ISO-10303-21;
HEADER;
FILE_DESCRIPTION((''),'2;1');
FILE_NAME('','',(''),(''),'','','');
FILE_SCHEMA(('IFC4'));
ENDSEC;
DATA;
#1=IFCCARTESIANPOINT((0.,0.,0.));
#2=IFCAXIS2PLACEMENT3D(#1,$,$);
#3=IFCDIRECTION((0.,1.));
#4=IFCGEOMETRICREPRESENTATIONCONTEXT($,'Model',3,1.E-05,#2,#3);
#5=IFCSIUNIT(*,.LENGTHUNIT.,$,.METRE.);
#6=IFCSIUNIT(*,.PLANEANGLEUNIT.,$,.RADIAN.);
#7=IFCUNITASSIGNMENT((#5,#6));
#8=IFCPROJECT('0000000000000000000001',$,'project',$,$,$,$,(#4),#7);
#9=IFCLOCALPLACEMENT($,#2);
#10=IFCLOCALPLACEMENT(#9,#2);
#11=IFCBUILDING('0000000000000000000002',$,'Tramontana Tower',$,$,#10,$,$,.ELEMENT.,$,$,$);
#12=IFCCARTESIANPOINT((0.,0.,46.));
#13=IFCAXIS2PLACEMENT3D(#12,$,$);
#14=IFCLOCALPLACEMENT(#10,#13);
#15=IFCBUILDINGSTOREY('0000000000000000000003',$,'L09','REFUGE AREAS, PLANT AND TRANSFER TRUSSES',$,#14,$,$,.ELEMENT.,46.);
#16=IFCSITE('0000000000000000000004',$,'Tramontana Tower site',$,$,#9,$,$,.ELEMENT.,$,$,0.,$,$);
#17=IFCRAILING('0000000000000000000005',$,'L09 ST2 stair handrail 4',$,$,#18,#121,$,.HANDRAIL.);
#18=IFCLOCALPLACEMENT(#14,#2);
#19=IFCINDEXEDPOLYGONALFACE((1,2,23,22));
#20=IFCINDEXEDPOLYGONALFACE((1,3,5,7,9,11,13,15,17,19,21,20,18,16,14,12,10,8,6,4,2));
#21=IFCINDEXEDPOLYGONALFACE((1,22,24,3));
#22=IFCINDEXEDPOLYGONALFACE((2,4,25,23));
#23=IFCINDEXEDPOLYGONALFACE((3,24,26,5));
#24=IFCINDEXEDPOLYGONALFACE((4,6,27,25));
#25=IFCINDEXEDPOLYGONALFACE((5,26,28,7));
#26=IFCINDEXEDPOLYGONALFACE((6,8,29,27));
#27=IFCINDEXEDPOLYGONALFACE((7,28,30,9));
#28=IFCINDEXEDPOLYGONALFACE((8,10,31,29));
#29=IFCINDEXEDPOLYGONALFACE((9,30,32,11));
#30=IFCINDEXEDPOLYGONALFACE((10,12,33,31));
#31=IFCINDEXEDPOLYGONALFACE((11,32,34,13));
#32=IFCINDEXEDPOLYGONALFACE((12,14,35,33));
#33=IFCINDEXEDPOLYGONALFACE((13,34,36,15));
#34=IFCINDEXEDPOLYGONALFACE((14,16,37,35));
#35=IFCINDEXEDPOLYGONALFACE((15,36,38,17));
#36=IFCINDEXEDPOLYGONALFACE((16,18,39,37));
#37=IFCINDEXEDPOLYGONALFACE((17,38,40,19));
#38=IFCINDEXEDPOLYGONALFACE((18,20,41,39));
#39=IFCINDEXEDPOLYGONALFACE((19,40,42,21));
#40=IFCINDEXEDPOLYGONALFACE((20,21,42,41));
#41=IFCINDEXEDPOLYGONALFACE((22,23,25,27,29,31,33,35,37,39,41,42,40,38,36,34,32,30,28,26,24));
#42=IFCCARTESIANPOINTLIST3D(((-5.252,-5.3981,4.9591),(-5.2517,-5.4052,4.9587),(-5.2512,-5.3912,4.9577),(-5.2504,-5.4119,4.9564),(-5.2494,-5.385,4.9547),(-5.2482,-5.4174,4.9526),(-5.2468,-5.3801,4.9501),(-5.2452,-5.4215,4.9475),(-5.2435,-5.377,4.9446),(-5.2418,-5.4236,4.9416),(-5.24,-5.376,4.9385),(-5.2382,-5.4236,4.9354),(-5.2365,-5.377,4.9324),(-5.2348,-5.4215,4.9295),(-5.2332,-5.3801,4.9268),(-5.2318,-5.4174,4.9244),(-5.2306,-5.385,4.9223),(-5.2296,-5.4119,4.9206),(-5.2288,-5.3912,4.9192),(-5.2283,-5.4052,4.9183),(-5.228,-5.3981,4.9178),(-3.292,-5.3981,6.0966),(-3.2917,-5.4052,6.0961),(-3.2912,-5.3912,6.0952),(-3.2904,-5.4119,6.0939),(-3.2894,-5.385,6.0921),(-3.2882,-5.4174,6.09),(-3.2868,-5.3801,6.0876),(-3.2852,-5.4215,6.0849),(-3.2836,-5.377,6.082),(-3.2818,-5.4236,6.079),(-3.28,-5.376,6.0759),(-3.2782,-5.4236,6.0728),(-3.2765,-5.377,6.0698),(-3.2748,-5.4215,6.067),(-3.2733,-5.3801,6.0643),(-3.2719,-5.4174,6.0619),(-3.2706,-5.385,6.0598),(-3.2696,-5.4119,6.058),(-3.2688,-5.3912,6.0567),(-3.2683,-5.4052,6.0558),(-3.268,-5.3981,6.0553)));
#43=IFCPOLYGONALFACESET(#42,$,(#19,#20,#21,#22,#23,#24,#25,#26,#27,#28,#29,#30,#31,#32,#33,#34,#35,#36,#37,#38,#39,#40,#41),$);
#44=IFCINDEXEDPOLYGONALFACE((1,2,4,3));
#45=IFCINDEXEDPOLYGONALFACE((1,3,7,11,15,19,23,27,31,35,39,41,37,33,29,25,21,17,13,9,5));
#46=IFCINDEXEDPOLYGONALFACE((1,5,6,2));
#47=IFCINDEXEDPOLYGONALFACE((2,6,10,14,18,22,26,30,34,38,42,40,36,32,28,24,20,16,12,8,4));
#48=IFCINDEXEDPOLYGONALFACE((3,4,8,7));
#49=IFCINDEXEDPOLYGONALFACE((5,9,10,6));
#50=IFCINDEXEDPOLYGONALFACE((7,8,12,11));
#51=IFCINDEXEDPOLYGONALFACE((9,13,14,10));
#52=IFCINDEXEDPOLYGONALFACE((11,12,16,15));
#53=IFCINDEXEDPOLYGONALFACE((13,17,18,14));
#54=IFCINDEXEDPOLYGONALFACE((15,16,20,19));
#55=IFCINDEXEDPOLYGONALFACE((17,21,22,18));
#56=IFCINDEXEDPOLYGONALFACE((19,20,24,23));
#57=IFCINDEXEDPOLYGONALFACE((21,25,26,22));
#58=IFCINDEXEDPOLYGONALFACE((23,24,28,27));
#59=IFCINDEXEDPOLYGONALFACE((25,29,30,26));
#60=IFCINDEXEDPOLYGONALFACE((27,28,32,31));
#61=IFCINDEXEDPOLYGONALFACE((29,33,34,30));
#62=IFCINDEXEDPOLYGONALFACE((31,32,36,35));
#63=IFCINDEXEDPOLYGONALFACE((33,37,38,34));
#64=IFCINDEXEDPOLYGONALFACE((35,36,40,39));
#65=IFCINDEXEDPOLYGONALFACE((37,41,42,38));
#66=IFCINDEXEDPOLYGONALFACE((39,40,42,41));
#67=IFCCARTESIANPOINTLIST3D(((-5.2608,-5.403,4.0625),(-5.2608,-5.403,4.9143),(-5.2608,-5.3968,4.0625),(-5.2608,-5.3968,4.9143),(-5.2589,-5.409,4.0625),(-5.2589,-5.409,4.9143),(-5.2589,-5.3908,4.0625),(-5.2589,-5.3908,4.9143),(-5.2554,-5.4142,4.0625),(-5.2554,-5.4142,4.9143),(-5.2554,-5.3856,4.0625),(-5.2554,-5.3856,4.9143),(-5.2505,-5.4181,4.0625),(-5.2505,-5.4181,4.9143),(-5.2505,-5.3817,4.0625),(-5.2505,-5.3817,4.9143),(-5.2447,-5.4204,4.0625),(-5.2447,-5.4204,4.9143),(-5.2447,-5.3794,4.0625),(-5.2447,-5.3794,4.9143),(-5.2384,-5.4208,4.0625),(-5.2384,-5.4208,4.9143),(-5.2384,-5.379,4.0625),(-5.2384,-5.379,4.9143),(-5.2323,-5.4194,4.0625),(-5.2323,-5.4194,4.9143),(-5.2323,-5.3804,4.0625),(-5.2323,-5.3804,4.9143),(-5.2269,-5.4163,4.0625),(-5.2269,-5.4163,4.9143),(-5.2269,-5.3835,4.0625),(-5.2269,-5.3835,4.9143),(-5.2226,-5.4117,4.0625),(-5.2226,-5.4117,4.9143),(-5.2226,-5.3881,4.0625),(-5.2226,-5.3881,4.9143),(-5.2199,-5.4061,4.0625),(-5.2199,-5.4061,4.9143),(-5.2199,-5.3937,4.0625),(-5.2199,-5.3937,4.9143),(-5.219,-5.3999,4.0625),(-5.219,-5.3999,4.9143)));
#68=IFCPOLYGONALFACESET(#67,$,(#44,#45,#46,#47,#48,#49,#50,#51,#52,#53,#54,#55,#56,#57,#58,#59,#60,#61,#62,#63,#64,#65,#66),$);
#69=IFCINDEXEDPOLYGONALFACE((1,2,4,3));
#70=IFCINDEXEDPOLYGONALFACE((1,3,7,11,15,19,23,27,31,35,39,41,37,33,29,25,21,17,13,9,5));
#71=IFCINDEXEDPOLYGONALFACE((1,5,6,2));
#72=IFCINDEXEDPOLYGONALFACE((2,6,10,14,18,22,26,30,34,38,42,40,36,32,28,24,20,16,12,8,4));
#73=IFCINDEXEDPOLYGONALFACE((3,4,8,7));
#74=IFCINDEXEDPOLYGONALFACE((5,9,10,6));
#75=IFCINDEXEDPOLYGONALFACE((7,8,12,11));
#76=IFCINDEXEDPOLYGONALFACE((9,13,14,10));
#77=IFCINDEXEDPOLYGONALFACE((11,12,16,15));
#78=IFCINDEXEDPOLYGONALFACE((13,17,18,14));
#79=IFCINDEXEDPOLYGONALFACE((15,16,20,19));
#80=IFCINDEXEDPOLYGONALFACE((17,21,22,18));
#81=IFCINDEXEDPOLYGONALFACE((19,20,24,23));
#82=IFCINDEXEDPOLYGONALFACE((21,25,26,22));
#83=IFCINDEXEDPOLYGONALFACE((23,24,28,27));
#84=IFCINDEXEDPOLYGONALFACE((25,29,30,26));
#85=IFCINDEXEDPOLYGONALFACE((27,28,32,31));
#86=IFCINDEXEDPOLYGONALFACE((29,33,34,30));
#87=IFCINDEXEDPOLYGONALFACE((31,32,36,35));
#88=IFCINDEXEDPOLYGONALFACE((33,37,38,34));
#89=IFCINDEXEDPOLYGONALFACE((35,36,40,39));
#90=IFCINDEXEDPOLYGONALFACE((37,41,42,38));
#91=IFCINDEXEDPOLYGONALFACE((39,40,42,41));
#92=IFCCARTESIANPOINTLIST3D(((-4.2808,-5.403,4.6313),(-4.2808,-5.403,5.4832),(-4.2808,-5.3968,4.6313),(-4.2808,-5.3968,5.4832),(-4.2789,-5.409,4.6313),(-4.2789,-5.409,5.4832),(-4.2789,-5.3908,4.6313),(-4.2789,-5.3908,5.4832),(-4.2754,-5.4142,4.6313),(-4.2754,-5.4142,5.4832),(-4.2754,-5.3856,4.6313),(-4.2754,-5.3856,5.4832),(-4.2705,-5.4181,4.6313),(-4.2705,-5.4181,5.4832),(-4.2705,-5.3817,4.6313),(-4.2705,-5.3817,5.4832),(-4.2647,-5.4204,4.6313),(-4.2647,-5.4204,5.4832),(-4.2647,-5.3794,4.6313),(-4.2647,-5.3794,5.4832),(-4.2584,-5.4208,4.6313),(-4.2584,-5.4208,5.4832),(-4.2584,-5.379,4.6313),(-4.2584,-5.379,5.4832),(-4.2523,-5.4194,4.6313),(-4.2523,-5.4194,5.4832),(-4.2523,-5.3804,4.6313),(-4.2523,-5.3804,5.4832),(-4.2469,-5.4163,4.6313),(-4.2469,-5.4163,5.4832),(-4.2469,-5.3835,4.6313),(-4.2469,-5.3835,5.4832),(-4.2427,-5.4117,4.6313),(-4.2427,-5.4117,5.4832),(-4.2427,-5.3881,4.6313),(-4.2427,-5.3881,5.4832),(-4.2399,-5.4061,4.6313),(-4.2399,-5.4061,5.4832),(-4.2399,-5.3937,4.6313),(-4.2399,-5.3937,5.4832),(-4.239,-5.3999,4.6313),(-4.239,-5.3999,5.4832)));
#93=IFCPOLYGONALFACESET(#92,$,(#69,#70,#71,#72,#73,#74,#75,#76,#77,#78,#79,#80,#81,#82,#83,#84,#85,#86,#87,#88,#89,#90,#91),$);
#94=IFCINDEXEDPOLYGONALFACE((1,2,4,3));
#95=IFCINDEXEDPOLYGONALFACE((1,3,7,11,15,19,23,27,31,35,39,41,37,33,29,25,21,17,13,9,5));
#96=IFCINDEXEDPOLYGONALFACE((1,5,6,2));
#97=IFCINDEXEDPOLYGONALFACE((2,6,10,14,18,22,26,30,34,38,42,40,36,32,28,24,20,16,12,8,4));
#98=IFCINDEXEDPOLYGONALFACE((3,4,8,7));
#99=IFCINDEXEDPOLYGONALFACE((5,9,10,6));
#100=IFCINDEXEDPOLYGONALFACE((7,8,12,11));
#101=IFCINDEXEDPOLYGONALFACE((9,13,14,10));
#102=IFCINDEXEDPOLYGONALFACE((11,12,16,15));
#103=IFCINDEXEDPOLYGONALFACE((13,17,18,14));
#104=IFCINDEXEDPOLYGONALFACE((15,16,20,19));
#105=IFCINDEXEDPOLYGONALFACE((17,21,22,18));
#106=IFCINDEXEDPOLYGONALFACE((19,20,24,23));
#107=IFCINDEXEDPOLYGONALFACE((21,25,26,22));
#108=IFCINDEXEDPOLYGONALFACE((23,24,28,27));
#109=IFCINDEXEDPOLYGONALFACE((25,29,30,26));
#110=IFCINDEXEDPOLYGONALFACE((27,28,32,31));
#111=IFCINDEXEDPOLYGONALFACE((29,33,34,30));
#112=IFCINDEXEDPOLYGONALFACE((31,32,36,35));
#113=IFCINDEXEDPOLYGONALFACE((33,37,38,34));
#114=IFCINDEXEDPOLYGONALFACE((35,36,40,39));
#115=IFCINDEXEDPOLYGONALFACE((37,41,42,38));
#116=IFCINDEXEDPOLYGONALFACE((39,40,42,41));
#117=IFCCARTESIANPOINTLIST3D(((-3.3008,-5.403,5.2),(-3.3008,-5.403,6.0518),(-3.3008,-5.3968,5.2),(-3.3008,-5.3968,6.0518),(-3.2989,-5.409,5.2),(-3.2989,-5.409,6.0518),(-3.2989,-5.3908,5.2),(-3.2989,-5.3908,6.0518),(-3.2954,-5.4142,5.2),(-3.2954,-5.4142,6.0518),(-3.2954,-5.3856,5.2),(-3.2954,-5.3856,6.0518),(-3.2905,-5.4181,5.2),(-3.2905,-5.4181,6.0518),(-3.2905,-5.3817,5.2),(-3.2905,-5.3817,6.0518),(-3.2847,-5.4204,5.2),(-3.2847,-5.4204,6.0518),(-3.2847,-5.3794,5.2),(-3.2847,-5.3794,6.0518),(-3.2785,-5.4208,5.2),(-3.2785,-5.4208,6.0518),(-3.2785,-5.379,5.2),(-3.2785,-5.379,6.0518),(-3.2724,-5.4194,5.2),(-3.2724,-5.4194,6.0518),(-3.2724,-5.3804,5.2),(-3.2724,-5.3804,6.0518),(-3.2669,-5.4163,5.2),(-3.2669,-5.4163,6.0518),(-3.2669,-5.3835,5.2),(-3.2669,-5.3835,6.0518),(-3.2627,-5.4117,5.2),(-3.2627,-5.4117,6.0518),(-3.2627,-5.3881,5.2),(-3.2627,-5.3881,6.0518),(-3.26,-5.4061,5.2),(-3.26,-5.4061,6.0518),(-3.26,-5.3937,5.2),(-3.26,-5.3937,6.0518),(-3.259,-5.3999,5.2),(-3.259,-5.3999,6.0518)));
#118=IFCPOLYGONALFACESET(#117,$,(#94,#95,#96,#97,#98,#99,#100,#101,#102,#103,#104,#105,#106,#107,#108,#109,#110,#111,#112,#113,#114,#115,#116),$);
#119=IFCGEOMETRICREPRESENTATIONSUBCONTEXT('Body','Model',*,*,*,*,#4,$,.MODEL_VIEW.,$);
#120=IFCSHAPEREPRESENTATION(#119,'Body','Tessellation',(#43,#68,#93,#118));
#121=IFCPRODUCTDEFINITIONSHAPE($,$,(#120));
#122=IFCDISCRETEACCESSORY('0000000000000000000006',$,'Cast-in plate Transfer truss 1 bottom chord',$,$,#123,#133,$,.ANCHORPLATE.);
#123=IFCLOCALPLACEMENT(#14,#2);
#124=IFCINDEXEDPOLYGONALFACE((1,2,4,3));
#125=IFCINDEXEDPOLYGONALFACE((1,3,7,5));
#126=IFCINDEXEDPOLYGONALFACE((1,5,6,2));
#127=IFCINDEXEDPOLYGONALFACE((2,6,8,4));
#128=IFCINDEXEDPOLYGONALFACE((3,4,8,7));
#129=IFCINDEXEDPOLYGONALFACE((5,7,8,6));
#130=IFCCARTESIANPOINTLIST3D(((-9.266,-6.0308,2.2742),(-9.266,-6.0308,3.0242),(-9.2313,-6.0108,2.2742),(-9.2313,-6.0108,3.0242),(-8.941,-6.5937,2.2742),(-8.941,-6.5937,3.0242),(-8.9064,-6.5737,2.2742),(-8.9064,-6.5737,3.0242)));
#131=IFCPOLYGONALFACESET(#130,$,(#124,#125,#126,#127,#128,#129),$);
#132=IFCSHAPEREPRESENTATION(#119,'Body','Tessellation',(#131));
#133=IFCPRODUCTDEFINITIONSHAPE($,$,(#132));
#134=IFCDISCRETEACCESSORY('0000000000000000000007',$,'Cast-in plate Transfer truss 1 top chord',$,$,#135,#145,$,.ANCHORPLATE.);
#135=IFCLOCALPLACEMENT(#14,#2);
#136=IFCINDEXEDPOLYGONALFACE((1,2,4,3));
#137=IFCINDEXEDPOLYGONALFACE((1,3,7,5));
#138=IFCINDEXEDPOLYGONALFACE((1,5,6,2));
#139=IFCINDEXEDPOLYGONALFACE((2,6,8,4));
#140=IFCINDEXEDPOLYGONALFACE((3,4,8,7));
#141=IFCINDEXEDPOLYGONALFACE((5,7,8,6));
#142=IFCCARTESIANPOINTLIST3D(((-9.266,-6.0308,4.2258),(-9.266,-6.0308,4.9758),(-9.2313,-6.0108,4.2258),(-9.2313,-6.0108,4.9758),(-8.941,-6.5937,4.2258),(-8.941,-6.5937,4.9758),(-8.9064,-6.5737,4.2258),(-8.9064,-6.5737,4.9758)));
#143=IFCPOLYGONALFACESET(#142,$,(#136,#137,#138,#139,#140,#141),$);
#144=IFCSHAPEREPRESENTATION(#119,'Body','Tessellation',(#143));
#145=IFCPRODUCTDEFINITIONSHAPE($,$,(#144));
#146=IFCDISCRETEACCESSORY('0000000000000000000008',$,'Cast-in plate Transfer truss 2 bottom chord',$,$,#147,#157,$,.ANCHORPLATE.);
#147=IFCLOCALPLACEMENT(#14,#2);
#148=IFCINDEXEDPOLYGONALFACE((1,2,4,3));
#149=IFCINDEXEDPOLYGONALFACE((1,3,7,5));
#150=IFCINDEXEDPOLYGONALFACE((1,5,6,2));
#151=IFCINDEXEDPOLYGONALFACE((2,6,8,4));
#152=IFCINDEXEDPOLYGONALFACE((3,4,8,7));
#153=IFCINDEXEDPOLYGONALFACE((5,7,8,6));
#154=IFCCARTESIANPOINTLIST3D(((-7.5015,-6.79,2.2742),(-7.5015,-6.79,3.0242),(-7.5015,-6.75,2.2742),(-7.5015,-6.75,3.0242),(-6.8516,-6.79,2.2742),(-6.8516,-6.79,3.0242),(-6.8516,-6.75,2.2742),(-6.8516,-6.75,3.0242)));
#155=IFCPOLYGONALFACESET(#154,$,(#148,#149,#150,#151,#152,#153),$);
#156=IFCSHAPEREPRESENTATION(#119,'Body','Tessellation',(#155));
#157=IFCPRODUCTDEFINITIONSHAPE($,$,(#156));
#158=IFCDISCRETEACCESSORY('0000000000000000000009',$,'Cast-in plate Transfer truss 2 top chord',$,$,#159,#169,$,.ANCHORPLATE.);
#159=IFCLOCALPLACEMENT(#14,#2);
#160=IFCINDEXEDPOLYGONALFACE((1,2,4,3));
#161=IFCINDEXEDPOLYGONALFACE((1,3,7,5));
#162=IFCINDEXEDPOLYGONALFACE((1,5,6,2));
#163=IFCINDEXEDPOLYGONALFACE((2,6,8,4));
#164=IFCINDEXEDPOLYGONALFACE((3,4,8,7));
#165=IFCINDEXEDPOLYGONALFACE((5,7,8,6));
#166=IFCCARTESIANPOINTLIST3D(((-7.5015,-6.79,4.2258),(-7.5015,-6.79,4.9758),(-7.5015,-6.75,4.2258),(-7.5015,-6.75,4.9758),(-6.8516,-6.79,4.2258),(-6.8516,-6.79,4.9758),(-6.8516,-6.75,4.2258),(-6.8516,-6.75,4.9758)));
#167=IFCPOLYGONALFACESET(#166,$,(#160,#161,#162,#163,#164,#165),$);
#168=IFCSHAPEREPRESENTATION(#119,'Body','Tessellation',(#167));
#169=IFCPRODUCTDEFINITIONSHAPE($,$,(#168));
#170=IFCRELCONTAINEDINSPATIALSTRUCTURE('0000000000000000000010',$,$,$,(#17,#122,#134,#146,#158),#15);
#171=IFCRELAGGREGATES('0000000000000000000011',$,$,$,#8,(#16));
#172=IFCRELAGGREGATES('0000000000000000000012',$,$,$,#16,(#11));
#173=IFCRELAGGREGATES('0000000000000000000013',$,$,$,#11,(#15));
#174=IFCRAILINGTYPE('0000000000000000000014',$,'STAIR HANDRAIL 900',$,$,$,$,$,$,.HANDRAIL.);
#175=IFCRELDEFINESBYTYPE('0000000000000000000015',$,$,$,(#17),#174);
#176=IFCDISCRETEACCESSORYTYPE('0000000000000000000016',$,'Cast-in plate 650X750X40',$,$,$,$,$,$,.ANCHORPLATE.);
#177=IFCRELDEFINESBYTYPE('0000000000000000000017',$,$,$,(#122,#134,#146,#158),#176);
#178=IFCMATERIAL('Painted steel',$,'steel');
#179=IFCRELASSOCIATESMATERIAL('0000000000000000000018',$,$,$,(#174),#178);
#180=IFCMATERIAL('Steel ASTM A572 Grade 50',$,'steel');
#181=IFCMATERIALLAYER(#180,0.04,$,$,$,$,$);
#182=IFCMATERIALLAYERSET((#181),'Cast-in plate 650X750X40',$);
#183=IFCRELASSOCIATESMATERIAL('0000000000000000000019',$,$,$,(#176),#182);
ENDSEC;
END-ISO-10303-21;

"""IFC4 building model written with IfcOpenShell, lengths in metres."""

from ifc_helpers import new_model, si_unit, direction, frame, origin, origin_2d, place, context, subcontext, project, spatial, rectangle, circle, extrude, material, layer, layer_set, type_object, element, save


model = new_model("IFC4")

# Units and contexts
model_context = context("Model", 3, precision=1e-05, world=origin(), true_north=direction((0.0, 1.0)))
body_context = subcontext(model_context, "Body", "Model", "MODEL_VIEW")
ifc_project = project(units=[si_unit("LENGTHUNIT", "METRE"), si_unit("PLANEANGLEUNIT", "RADIAN")], contexts=[model_context])

# Site, building, storey
site_placement = place(None, origin())
site = spatial("IfcSite", under=ifc_project, at=site_placement, Name="Tramontana Tower site", CompositionType="ELEMENT", RefElevation=0.0)
building_placement = place(site_placement, origin())
building = spatial("IfcBuilding", under=site, at=building_placement, Name="Tramontana Tower", CompositionType="ELEMENT")
storey_placement = place(building_placement, frame((0.0, 0.0, 46.0)))
storey = spatial("IfcBuildingStorey", under=building, at=storey_placement, Name="L09", Description="REFUGE AREAS, PLANT AND TRANSFER TRUSSES", CompositionType="ELEMENT", Elevation=46.0)

# Railing
ifc_material_1 = material(Name="Painted steel", Category="steel")
railing_type_1 = type_object("IfcRailingType", Name="STAIR HANDRAIL 900", PredefinedType="HANDRAIL", material=ifc_material_1)
railing_1_placement = place(storey_placement, frame((-5.24, -5.3999, 4.0625)))
element("IfcRailing", 1, at=railing_1_placement, inside=storey, type_object=railing_type_1, Name="L09 ST2 stair handrail 4", PredefinedType="HANDRAIL", context=body_context, shape_type="SweptSolid", body=[
    extrude(circle(Radius=0.0239, at=origin_2d()), frame((0.0, 0.0, 0.876), z_axis=(0.864902, 0.0, 0.501941), x_axis=(0.0, 1.0, 0.0)), (0.0, 0.0, 1.0), 2.2661),
    extrude(circle(Radius=0.021, at=origin_2d()), origin(), (0.0, 0.0, 1.0), 0.8518),
    extrude(circle(Radius=0.021, at=origin_2d()), frame((0.98, 0.0, 0.5688)), (0.0, 0.0, 1.0), 0.8518),
    extrude(circle(Radius=0.021, at=origin_2d()), frame((1.96, 0.0, 1.1375)), (0.0, 0.0, 1.0), 0.8518),
])

# Discrete accessories
ifc_material_2 = material(Name="Steel ASTM A572 Grade 50", Category="steel")
ifc_layer_1 = layer(ifc_material_2, 0.04)
ifc_layer_set_1 = layer_set([ifc_layer_1], Name="Cast-in plate 650X750X40")
discrete_accessory_type = type_object("IfcDiscreteAccessoryType", Name="Cast-in plate 650X750X40", PredefinedType="ANCHORPLATE", material=ifc_layer_set_1)
for number, where, z_axis, x_axis, name in (
    (2, (-9.0862, -6.3022, 2.2742), (0.0, 0.0, 1.0), (0.5, -0.866025, 0.0), "Cast-in plate Transfer truss 1 bottom chord"),
    (3, (-9.0862, -6.3022, 4.2258), (0.0, 0.0, 1.0), (0.5, -0.866025, 0.0), "Cast-in plate Transfer truss 1 top chord"),
    (4, (-7.1765, -6.77, 2.2742), (0.0, 0.0, 1.0), (1.0, 0.0, 0.0), "Cast-in plate Transfer truss 2 bottom chord"),
    (5, (-7.1765, -6.77, 4.2258), (0.0, 0.0, 1.0), (1.0, 0.0, 0.0), "Cast-in plate Transfer truss 2 top chord"),
):
    element("IfcDiscreteAccessory", number, at=place(storey_placement, frame(where, z_axis=z_axis, x_axis=x_axis)), inside=storey, type_object=discrete_accessory_type, Name=name, PredefinedType="ANCHORPLATE", context=body_context, shape_type="SweptSolid", body=[
        extrude(rectangle(XDim=0.6499, YDim=0.04, at=origin_2d()), origin(), (0.0, 0.0, 1.0), 0.75),
    ])

save(model, "model.ifc")
